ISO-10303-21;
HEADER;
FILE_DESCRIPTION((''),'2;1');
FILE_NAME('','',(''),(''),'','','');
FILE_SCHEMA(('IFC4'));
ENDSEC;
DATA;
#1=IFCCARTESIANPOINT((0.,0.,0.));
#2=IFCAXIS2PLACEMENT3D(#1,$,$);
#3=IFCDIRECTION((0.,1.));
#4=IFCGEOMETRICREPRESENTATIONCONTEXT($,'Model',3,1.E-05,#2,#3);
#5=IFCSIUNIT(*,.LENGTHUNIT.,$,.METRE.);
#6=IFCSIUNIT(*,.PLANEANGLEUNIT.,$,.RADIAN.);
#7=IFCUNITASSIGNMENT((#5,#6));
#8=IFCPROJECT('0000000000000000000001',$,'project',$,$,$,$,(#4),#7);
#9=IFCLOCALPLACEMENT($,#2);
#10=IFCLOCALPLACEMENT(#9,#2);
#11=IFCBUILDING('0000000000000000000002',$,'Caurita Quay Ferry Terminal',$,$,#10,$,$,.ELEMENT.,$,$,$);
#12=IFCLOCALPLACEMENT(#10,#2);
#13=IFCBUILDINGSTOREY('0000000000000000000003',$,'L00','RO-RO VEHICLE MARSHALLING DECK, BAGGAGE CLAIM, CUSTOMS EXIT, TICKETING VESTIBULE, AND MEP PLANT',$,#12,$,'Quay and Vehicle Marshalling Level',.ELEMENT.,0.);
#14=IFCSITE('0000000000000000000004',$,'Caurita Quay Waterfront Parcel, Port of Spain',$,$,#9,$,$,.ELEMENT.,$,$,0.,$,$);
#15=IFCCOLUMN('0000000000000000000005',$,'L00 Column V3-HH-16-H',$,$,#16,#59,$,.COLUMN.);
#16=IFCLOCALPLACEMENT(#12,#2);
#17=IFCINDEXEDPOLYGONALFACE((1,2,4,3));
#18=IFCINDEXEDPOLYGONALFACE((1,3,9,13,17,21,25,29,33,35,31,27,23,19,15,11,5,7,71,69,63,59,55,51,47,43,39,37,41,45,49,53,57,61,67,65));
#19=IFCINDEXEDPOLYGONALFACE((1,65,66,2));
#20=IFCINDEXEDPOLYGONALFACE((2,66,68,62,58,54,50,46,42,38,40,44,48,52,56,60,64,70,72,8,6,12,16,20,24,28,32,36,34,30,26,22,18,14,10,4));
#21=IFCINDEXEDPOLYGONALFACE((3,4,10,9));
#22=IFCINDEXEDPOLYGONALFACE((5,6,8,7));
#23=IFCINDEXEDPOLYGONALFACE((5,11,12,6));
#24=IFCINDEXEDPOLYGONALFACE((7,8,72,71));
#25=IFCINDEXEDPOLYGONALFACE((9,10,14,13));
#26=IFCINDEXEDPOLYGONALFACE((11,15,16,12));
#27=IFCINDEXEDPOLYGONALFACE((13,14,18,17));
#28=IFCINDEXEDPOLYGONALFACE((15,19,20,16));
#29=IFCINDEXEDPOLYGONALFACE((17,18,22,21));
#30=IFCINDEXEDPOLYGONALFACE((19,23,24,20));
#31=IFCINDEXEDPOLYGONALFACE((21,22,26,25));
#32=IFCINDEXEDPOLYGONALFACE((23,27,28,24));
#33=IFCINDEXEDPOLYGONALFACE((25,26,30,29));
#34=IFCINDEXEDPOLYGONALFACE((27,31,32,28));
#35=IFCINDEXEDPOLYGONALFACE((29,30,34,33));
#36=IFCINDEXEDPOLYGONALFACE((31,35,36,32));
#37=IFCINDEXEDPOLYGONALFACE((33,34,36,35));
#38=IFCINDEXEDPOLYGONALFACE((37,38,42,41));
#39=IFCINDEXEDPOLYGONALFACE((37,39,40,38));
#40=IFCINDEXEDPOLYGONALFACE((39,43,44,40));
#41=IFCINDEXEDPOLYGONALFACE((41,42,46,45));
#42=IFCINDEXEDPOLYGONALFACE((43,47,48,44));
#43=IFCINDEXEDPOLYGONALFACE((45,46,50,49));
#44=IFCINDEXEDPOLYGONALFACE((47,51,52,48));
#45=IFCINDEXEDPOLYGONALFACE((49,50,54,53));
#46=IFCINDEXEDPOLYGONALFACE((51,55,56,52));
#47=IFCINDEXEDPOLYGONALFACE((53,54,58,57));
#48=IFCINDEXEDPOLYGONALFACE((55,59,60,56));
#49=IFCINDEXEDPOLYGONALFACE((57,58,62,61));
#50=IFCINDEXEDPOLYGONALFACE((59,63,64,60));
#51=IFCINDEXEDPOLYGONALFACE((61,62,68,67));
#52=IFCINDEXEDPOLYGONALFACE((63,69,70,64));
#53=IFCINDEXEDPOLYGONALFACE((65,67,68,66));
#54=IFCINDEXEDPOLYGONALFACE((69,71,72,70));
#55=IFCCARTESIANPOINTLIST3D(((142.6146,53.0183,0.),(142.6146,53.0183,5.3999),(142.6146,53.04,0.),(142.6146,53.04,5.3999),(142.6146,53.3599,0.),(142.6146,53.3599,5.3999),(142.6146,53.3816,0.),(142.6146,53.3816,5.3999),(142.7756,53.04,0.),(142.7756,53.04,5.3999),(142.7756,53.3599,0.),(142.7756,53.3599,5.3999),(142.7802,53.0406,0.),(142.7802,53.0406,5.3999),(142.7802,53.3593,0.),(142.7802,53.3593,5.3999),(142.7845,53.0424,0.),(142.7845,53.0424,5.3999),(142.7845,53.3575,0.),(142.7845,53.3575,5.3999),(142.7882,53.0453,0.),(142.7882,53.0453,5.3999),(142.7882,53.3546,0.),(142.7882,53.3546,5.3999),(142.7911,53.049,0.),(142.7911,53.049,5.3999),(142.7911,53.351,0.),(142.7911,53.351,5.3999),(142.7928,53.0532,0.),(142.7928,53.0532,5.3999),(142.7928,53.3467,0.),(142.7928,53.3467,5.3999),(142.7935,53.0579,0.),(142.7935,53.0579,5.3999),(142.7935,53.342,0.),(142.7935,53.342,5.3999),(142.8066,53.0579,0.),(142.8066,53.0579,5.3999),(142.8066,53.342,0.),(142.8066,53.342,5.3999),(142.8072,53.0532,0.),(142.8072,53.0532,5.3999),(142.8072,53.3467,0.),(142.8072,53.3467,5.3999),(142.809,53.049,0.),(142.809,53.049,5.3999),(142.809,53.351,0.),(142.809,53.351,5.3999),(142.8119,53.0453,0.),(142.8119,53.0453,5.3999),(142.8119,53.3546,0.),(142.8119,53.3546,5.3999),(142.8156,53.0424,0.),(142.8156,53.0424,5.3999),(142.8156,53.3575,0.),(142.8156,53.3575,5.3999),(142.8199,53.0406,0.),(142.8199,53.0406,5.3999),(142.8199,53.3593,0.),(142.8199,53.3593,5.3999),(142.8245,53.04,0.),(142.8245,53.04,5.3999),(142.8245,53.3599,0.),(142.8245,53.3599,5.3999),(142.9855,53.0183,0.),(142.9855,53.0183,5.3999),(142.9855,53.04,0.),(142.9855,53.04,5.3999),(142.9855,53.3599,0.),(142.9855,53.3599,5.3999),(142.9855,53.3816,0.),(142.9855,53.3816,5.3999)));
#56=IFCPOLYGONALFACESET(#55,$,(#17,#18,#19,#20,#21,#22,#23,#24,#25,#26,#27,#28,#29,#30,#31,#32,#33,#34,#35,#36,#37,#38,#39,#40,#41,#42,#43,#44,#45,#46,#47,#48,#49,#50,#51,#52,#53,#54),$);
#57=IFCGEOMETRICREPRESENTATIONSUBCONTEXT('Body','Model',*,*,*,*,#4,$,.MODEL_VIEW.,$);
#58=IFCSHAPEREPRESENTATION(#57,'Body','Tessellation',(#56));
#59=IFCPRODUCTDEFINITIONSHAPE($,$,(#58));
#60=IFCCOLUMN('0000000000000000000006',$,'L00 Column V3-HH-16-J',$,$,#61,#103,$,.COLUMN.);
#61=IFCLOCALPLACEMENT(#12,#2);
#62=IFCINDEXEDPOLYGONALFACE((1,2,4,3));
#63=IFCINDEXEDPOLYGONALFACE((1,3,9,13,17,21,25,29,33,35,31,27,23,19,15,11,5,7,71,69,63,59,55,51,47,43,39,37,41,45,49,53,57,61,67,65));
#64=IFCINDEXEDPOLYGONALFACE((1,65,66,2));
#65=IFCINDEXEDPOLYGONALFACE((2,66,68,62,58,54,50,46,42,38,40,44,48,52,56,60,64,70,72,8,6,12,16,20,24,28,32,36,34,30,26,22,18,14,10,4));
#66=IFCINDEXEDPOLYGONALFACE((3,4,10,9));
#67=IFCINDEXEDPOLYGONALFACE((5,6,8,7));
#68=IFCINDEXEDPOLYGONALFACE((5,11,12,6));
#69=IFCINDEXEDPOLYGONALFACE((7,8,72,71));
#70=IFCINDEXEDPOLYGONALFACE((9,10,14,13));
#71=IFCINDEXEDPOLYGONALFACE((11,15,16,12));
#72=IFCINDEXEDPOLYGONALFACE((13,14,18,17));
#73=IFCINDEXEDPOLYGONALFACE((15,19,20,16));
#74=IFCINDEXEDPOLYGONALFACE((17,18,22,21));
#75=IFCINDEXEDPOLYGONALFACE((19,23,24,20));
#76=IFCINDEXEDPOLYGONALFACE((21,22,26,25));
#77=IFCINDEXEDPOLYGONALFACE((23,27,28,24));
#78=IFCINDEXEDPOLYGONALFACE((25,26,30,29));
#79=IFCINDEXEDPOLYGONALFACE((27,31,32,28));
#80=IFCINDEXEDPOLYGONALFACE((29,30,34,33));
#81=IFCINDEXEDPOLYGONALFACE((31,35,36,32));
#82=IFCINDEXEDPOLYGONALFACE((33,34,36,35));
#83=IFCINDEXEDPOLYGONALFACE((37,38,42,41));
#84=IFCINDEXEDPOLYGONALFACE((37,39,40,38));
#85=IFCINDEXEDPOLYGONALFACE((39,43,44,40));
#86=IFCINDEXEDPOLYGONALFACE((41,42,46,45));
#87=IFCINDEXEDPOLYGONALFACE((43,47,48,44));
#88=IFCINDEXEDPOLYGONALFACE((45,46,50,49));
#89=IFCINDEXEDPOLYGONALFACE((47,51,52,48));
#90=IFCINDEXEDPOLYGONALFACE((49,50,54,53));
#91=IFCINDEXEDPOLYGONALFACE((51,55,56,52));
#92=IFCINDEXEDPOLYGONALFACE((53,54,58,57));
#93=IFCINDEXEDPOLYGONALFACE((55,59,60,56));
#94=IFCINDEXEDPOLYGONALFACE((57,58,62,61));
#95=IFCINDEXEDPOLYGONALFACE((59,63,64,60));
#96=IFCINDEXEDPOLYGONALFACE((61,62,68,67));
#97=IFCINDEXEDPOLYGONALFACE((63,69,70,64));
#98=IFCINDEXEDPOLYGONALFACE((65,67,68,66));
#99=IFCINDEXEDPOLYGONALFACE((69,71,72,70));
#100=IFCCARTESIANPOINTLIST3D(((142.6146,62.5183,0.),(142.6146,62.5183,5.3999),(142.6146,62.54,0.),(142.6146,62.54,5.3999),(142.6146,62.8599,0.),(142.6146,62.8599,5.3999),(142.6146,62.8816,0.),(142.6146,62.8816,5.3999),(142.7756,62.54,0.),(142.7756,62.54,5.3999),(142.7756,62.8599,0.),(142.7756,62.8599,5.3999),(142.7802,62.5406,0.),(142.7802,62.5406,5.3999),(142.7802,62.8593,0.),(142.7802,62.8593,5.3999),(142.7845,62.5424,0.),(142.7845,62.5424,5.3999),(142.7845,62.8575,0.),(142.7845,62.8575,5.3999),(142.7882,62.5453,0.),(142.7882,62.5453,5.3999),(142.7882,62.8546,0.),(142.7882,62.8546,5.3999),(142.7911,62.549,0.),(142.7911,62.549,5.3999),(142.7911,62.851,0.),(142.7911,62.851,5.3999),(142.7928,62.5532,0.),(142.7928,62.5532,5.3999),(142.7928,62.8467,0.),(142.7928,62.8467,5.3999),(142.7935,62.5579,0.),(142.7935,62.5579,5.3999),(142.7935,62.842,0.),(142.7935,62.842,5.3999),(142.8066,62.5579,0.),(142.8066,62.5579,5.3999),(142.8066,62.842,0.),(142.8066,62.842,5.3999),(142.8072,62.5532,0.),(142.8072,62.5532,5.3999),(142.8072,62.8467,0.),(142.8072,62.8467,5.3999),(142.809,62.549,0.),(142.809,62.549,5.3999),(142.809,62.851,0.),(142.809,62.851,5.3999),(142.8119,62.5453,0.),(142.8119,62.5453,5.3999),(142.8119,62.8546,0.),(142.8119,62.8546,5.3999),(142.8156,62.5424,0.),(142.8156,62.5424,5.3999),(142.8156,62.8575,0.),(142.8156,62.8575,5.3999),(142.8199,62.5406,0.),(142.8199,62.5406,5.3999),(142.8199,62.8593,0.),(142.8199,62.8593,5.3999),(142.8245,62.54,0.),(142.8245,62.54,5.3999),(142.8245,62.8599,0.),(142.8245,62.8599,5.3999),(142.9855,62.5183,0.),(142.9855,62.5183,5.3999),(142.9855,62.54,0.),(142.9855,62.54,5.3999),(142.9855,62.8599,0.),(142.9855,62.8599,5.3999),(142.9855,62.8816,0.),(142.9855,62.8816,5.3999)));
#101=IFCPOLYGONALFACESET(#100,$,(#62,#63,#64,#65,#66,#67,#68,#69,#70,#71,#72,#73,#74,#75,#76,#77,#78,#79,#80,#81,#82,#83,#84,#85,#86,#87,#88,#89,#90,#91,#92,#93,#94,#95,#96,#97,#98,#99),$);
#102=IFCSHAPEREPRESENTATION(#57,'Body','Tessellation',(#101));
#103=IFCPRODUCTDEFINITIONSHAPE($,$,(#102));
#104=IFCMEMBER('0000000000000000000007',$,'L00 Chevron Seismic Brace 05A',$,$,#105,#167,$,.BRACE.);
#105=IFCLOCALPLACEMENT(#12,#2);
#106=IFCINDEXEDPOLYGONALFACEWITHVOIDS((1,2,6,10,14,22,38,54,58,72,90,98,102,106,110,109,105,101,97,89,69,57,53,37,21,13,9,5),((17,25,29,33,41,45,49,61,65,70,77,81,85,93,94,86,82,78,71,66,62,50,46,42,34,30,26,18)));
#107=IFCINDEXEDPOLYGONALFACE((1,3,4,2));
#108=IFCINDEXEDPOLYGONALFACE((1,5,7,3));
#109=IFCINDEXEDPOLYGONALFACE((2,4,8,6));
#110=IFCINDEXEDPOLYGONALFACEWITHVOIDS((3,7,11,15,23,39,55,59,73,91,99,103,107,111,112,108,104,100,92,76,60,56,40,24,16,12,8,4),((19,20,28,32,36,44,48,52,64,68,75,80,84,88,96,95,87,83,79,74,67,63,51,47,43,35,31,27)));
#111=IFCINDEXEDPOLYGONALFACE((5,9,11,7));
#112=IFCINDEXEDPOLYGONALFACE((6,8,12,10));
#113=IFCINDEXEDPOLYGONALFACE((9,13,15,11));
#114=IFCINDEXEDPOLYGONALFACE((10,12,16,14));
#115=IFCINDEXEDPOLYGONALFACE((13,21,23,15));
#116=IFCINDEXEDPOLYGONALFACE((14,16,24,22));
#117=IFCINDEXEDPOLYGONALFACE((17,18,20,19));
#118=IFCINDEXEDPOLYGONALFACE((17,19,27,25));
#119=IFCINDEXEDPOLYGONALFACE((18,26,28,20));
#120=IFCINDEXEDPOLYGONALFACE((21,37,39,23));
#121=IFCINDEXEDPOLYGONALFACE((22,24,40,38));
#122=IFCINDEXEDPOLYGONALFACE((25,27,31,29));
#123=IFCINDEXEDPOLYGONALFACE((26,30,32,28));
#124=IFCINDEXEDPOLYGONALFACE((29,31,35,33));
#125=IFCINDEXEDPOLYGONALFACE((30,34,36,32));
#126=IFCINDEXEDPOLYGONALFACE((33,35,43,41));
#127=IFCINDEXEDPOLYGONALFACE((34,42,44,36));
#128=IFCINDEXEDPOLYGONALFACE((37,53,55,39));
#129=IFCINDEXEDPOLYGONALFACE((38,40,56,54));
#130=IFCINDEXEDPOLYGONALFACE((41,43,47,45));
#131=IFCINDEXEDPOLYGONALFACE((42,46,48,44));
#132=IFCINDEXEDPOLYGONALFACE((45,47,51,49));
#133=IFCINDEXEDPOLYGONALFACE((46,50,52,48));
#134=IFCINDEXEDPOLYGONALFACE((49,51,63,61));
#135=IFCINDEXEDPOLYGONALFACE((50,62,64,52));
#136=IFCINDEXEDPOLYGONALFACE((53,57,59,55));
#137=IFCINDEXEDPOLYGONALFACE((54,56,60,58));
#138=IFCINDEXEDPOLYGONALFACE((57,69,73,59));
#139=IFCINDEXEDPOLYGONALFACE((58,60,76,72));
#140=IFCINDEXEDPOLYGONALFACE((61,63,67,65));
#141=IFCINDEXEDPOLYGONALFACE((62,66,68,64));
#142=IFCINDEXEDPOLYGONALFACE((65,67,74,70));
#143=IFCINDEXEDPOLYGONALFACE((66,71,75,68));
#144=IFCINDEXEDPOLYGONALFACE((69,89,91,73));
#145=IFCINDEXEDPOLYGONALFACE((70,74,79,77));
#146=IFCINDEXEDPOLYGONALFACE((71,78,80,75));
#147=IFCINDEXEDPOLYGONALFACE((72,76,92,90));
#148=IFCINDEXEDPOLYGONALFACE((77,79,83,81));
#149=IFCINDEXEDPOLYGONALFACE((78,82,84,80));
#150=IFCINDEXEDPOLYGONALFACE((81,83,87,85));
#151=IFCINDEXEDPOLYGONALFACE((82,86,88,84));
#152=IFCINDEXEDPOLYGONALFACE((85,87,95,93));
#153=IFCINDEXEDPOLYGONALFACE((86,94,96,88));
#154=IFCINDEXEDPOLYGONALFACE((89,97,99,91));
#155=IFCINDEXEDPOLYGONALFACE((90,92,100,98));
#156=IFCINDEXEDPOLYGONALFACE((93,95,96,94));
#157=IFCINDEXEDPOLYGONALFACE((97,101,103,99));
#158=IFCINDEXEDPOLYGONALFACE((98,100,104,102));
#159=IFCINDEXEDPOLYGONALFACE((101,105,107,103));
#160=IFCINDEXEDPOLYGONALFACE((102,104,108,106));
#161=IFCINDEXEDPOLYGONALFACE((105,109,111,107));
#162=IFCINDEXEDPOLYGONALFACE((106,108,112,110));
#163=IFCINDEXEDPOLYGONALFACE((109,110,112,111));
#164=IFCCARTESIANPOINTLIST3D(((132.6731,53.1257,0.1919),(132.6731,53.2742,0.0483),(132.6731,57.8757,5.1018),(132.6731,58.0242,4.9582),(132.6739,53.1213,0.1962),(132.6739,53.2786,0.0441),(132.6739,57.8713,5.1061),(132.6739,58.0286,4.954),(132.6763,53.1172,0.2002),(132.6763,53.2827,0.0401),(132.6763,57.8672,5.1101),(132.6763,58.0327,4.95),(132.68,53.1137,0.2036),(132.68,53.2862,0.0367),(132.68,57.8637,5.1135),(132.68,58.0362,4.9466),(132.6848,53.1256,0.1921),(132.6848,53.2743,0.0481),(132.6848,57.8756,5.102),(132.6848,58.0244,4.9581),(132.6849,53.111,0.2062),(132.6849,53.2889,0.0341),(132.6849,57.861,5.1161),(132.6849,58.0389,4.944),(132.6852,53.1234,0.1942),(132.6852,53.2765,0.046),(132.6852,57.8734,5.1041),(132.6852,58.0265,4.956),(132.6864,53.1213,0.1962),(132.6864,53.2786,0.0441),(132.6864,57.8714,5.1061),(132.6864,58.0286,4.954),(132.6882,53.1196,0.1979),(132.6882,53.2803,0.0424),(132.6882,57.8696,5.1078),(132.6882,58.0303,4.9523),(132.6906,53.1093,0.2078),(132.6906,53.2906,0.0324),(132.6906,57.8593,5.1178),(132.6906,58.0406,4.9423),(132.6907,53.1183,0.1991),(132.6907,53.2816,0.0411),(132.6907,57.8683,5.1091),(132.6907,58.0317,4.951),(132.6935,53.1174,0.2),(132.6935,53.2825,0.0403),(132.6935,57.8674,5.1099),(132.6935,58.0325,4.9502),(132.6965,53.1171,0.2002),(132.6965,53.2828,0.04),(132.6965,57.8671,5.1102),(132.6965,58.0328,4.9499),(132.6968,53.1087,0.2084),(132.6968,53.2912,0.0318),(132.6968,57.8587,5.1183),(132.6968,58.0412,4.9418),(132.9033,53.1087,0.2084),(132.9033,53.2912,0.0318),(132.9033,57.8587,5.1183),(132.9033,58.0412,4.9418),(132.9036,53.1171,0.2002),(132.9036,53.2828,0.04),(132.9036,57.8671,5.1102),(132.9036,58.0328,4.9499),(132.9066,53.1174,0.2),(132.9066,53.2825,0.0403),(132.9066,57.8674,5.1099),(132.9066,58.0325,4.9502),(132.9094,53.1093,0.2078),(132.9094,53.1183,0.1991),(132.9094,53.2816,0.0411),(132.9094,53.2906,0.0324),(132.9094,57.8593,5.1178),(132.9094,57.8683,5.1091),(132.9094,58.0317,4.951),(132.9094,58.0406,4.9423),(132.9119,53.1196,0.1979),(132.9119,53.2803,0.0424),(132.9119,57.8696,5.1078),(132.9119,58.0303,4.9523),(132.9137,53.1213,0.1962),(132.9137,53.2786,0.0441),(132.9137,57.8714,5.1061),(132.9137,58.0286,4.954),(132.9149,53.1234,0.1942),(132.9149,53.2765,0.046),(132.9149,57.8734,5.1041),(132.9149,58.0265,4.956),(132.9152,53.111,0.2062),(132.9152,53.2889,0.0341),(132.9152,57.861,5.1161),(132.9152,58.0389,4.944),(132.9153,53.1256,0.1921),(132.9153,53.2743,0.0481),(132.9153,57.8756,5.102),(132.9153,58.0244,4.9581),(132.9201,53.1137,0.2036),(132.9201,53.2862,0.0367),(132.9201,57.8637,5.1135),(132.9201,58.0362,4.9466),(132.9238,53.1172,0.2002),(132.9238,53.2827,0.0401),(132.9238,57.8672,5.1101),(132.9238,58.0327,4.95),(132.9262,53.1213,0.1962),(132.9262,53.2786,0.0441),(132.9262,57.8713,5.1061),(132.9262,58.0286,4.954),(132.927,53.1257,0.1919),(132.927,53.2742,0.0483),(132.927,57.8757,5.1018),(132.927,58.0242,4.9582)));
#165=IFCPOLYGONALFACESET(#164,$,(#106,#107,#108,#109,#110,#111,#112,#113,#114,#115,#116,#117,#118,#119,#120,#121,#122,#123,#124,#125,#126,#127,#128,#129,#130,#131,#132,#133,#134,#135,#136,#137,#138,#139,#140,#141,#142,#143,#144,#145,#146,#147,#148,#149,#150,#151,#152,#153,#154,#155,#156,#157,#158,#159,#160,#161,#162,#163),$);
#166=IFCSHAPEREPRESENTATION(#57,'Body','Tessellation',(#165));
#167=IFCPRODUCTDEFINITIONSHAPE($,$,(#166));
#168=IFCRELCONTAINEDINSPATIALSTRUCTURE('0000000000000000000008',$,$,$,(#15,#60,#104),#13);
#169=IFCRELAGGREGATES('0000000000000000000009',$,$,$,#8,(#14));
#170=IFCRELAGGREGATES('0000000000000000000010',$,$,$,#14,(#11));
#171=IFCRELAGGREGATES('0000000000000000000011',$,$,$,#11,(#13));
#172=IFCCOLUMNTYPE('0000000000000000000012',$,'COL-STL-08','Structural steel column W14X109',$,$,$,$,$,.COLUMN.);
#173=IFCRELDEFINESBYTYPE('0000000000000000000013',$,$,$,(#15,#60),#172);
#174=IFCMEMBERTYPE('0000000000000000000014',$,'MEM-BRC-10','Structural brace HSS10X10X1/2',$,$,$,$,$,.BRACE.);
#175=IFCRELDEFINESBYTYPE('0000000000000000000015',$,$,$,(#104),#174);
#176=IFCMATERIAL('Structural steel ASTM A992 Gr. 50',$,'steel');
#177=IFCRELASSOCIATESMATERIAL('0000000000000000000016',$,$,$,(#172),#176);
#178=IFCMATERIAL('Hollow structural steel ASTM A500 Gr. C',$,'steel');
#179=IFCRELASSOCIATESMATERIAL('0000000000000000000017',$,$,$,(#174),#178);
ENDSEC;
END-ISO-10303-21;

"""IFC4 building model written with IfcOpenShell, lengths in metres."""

from ifc_helpers import new_model, si_unit, direction, frame, origin, origin_2d, place, context, subcontext, project, spatial, hollow_rectangle, i_section, extrude, material, material_profile, profile_set, type_object, element, save


model = new_model("IFC4")

# Units and contexts
model_context = context("Model", 3, precision=1e-05, world=origin(), true_north=direction((0.0, 1.0)))
body_context = subcontext(model_context, "Body", "Model", "MODEL_VIEW")
ifc_project = project(units=[si_unit("LENGTHUNIT", "METRE"), si_unit("PLANEANGLEUNIT", "RADIAN")], contexts=[model_context])

# Site, building, storey
site_placement = place(None, origin())
site = spatial("IfcSite", under=ifc_project, at=site_placement, Name="Caurita Quay Waterfront Parcel, Port of Spain", CompositionType="ELEMENT", RefElevation=0.0)
building_placement = place(site_placement, origin())
building = spatial("IfcBuilding", under=site, at=building_placement, Name="Caurita Quay Ferry Terminal", CompositionType="ELEMENT")
storey_placement = place(building_placement, origin())
storey = spatial("IfcBuildingStorey", under=building, at=storey_placement, Name="L00", Description="RO-RO VEHICLE MARSHALLING DECK, BAGGAGE CLAIM, CUSTOMS EXIT, TICKETING VESTIBULE, AND MEP PLANT", LongName="Quay and Vehicle Marshalling Level", CompositionType="ELEMENT", Elevation=0.0)

# Columns
ifc_material_1 = material(Name="Structural steel ASTM A992 Gr. 50", Category="steel")
ifc_material_profile_1 = material_profile(ifc_material_1, i_section(OverallWidth=0.3708, OverallDepth=0.3633, WebThickness=0.0132, FlangeThickness=0.0217, FilletRadius=0.0178, at=origin_2d()), Name="W14X109")
ifc_profile_set_1 = profile_set([ifc_material_profile_1], Name="Structural steel ASTM A992 Gr. 50")
column_type = type_object("IfcColumnType", Name="COL-STL-08", Description="Structural steel column W14X109", PredefinedType="COLUMN", material=ifc_profile_set_1)
for number, where, z_axis, x_axis, name in (
    (1, (142.8, 53.2, 0.0), (0.0, 0.0, 1.0), (1.0, 0.0, 0.0), "L00 Column V3-HH-16-H"),
    (2, (142.8, 62.7, 0.0), (0.0, 0.0, 1.0), (1.0, 0.0, 0.0), "L00 Column V3-HH-16-J"),
):
    element("IfcColumn", number, at=place(storey_placement, frame(where, z_axis=z_axis, x_axis=x_axis)), inside=storey, type_object=column_type, Name=name, PredefinedType="COLUMN", context=body_context, shape_type="SweptSolid", body=[
        extrude(i_section(OverallWidth=0.3708, OverallDepth=0.3633, WebThickness=0.0132, FlangeThickness=0.0217, FilletRadius=0.0178, at=origin_2d()), origin(), (0.0, 0.0, 1.0), 5.3999),
    ])

# Member
ifc_material_2 = material(Name="Hollow structural steel ASTM A500 Gr. C", Category="steel")
ifc_material_profile_2 = material_profile(ifc_material_2, hollow_rectangle(XDim=0.2539, YDim=0.2539, WallThickness=0.0117, InnerFilletRadius=0.0117, OuterFilletRadius=0.0237, at=origin_2d()), Name="HSS10X10X1/2")
ifc_profile_set_2 = profile_set([ifc_material_profile_2], Name="Hollow structural steel ASTM A500 Gr. C")
member_type = type_object("IfcMemberType", Name="MEM-BRC-10", Description="Structural brace HSS10X10X1/2", PredefinedType="BRACE", material=ifc_profile_set_2)
for number, where, z_axis, x_axis, name in (
    (3, (132.8, 53.2, 0.1201), (0.0, 0.695306, 0.718714), (-1.0, 0.0, 0.0), "L00 Chevron Seismic Brace 05A"),
):
    element("IfcMember", number, at=place(storey_placement, frame(where, z_axis=z_axis, x_axis=x_axis)), inside=storey, type_object=member_type, Name=name, PredefinedType="BRACE", context=body_context, shape_type="SweptSolid", body=[
        extrude(hollow_rectangle(XDim=0.2539, YDim=0.2539, WallThickness=0.0117, InnerFilletRadius=0.0117, OuterFilletRadius=0.0237, at=origin_2d()), origin(), (0.0, 0.0, 1.0), 6.8315),
    ])

save(model, "model.ifc")
